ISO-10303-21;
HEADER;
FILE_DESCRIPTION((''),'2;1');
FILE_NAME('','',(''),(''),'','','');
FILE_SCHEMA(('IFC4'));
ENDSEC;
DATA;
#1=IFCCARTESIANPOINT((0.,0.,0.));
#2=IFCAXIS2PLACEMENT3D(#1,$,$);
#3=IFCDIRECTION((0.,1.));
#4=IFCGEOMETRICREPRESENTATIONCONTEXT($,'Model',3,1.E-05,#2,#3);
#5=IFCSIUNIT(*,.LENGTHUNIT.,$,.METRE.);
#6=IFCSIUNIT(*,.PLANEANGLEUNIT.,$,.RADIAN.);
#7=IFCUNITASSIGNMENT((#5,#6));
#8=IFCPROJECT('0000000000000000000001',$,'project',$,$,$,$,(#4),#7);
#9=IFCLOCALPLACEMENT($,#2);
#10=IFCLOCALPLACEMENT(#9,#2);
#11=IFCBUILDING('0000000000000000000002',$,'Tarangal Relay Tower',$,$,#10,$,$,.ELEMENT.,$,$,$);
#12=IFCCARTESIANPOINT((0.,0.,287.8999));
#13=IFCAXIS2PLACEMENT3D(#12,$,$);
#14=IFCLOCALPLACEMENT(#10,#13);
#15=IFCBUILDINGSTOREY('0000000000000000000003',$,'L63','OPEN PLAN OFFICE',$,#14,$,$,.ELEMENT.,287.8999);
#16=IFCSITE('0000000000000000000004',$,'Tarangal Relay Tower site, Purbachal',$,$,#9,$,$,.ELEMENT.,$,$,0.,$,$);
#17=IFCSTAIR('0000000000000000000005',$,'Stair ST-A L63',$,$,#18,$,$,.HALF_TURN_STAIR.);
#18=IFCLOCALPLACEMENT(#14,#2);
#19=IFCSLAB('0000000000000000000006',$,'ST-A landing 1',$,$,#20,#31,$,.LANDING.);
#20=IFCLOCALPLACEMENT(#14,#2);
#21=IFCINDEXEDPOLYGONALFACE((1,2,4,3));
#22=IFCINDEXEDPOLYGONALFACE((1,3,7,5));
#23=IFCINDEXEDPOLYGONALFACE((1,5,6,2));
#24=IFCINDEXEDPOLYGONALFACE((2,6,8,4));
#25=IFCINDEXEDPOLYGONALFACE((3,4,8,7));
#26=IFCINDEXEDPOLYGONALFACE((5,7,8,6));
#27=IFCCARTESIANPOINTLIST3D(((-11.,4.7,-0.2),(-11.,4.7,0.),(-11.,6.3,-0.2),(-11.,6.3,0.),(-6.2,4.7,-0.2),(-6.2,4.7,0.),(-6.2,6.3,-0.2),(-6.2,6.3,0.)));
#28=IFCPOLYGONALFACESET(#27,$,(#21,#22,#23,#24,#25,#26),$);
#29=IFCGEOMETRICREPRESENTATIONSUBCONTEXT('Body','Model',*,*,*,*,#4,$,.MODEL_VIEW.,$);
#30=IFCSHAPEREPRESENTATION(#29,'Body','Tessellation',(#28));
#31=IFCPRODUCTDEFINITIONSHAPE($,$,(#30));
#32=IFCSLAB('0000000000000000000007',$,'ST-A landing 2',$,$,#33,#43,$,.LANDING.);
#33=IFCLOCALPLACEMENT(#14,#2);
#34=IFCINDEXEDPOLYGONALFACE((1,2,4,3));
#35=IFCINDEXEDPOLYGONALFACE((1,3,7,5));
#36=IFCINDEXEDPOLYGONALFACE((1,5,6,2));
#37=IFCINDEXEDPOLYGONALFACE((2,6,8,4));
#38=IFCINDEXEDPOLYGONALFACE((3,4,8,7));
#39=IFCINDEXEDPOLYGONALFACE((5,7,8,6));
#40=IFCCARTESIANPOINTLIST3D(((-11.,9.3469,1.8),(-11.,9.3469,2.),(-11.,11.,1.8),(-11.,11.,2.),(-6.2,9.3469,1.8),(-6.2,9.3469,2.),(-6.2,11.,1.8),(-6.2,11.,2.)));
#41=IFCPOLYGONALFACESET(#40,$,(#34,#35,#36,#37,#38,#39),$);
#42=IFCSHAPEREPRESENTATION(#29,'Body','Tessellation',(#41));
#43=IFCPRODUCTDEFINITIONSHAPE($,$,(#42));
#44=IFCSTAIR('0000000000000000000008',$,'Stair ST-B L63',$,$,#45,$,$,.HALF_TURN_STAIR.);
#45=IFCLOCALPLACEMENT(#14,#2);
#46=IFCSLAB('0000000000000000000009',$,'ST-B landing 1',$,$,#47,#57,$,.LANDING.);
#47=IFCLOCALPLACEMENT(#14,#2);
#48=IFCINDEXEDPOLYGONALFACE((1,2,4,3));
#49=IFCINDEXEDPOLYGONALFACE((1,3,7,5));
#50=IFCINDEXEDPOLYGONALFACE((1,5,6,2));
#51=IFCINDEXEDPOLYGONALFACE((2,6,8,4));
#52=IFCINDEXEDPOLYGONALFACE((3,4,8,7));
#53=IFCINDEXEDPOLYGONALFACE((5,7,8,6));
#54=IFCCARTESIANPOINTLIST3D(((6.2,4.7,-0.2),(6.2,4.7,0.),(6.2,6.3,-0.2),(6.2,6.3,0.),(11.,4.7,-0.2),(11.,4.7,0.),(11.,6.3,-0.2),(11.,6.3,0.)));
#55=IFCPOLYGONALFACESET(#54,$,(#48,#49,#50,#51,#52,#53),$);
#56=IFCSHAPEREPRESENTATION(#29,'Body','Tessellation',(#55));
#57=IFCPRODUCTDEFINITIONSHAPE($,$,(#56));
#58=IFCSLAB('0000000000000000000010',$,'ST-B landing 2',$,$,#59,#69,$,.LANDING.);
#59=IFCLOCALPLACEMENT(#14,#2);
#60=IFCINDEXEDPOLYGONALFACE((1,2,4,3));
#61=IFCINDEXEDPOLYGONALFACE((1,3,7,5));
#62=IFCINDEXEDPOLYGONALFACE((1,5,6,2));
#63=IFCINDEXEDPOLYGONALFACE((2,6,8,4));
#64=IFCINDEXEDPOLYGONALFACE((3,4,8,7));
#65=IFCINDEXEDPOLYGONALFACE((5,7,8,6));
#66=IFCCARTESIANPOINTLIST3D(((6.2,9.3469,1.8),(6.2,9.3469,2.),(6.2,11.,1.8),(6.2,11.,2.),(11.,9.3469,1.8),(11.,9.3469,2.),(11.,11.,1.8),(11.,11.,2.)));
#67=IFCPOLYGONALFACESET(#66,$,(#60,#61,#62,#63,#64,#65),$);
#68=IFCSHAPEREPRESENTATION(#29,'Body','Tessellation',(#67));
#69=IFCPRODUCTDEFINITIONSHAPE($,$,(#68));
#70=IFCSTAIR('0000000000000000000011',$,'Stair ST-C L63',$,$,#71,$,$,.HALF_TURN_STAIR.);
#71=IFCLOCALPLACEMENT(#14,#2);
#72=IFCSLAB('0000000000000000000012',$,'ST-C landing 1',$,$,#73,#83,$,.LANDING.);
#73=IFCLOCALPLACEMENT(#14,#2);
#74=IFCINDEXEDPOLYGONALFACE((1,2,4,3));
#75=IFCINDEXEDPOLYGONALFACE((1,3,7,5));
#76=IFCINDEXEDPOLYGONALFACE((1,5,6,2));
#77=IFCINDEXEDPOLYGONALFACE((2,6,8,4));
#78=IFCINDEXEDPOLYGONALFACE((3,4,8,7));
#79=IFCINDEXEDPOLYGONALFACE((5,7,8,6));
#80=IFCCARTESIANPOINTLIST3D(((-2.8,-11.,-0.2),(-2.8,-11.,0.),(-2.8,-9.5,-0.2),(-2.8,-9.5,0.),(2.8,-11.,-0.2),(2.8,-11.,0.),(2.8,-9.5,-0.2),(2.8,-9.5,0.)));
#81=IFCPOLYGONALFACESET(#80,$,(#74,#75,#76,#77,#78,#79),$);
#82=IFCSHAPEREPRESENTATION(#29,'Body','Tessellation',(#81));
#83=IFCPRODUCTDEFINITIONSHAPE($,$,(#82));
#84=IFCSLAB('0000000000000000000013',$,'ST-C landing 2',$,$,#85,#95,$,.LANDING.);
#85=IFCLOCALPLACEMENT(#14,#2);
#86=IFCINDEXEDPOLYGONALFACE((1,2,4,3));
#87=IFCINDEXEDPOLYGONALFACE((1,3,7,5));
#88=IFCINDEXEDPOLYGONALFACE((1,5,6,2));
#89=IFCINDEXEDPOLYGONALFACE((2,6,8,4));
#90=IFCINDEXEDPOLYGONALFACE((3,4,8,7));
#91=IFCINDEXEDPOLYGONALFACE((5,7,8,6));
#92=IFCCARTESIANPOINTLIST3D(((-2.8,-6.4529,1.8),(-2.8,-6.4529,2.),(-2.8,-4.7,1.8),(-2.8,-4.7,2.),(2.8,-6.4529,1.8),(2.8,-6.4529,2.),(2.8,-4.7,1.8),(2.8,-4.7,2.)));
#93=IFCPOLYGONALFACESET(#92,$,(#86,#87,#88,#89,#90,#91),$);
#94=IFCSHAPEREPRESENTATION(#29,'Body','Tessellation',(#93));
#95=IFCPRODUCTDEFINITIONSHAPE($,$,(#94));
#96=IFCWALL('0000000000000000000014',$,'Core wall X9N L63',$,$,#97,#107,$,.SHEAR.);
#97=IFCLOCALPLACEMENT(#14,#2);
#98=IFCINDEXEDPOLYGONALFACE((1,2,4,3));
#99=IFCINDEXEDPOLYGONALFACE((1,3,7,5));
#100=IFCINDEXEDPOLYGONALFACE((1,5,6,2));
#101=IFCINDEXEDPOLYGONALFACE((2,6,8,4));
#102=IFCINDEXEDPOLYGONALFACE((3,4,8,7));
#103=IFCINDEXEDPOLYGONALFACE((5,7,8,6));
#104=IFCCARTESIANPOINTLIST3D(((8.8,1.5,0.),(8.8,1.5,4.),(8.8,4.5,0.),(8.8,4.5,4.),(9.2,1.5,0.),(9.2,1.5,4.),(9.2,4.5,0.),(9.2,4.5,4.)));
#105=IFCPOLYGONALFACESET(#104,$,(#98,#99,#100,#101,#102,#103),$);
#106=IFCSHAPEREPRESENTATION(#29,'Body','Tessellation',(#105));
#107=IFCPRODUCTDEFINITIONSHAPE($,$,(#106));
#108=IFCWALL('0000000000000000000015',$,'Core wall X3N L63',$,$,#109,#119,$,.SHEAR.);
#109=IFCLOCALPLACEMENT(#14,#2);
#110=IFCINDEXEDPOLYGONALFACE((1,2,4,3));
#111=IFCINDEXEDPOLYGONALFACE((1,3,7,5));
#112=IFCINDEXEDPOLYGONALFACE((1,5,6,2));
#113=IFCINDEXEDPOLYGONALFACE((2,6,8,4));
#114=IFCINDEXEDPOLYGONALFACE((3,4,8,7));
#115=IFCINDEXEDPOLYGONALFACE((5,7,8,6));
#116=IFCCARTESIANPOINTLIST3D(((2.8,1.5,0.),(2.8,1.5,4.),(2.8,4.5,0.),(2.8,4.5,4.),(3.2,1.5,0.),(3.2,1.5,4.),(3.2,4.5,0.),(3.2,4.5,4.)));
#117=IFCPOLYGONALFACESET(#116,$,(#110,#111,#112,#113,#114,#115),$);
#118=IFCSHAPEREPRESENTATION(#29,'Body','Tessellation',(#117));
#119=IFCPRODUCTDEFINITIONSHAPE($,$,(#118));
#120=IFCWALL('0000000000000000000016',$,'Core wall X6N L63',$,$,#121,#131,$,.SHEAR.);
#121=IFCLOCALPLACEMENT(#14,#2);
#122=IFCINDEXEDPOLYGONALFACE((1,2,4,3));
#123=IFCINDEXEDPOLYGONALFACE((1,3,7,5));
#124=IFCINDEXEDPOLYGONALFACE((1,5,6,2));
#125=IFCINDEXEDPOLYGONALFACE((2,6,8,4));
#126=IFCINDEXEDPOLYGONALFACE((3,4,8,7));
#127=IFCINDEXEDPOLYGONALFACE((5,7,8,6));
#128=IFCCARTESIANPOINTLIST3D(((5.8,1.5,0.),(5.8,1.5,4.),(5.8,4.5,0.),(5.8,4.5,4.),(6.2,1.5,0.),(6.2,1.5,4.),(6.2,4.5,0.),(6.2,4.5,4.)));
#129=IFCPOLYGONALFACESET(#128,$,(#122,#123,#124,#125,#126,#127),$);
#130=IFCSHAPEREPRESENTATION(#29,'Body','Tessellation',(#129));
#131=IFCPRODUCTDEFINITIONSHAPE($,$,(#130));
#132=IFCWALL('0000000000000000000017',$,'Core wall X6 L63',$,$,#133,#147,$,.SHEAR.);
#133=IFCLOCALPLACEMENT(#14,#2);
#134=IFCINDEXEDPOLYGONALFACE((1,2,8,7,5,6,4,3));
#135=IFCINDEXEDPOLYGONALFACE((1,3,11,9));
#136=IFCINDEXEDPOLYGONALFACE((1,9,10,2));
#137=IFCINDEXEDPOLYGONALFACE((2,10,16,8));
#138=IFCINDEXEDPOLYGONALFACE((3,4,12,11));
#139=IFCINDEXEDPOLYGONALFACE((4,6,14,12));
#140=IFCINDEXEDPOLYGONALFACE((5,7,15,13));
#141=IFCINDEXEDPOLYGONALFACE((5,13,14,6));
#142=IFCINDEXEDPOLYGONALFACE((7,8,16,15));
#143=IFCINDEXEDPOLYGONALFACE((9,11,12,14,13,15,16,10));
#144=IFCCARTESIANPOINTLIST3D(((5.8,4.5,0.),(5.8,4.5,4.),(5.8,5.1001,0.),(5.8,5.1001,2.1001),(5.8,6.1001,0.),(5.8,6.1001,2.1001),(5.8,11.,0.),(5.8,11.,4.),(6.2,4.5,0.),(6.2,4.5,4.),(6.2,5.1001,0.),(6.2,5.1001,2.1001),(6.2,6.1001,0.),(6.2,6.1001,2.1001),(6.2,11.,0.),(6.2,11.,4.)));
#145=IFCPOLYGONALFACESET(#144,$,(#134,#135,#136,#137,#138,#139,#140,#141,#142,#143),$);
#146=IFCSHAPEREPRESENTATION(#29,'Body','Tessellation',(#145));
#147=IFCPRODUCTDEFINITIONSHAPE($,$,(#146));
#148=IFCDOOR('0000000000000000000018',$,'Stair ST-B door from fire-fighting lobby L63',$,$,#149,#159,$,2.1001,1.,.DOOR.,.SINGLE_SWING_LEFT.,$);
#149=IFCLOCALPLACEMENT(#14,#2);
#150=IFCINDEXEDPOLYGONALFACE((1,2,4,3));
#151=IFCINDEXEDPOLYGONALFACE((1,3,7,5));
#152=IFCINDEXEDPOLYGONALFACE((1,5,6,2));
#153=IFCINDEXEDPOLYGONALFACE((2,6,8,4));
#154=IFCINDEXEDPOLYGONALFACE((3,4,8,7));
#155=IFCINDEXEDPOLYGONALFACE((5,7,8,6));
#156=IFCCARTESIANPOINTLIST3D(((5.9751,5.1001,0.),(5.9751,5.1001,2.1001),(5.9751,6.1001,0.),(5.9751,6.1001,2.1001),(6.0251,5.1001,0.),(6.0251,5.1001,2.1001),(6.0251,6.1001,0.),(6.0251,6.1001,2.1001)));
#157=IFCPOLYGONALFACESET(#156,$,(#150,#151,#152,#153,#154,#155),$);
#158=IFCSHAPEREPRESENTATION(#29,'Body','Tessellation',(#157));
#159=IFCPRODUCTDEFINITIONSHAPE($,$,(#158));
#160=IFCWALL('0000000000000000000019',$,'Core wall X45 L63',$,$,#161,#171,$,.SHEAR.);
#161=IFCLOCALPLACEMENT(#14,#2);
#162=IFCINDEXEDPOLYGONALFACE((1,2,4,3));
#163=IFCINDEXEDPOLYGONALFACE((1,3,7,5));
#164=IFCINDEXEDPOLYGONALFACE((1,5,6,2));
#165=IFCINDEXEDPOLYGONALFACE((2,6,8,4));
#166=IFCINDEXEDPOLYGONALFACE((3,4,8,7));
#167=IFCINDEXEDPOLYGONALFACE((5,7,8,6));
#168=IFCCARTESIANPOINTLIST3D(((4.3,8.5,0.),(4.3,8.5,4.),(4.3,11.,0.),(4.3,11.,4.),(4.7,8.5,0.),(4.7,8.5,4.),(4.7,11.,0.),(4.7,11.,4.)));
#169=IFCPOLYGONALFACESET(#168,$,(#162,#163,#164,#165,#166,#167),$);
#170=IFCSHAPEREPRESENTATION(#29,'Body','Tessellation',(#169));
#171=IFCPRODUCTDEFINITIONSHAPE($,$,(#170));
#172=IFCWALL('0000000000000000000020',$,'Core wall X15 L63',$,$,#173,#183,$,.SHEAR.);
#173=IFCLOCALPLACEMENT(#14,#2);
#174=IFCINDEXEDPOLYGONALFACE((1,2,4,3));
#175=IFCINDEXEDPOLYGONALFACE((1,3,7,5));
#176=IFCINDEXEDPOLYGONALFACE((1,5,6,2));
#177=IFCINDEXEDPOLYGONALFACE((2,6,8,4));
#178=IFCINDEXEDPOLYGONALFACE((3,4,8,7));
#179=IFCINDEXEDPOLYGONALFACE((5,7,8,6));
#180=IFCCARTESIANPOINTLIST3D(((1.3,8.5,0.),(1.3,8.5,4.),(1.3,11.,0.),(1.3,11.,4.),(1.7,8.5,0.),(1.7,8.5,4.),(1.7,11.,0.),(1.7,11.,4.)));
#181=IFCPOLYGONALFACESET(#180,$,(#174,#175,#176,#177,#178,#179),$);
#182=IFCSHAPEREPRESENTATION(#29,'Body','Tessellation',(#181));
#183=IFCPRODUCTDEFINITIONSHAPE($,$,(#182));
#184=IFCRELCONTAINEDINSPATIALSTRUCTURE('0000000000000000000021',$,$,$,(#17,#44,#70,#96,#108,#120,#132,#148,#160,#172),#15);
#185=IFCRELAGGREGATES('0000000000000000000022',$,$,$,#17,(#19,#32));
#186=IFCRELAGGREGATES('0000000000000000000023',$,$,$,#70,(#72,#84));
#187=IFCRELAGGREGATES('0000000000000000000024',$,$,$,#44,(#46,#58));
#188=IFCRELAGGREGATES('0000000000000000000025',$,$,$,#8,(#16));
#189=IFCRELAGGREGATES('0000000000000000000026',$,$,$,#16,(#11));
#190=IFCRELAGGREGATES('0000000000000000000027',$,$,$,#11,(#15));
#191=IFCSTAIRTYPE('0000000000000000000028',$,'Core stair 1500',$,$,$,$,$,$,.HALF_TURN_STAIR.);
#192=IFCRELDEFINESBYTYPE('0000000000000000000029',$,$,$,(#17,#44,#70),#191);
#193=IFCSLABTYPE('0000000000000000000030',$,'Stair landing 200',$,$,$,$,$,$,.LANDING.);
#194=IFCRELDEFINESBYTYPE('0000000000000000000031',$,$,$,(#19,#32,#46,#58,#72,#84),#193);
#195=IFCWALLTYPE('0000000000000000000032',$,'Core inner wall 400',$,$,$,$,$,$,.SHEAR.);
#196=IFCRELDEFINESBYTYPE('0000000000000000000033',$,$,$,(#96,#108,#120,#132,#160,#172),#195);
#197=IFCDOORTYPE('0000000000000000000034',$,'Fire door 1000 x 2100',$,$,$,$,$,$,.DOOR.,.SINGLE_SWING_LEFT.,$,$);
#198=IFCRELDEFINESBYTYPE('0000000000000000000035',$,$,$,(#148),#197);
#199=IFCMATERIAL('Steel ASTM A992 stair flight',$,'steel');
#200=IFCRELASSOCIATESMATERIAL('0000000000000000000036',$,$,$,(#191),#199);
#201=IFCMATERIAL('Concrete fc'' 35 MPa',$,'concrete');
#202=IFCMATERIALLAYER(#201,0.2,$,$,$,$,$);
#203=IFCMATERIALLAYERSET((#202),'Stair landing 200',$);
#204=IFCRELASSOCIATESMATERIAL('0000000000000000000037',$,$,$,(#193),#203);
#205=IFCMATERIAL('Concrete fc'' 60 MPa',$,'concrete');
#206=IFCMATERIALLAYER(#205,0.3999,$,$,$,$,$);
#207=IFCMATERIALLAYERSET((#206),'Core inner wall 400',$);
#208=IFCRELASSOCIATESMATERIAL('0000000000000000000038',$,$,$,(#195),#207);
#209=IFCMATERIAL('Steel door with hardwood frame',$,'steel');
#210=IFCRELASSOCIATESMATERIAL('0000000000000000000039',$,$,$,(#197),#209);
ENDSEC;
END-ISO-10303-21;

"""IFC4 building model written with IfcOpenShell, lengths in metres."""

from ifc_helpers import new_model, si_unit, direction, frame, frame_2d, origin, place, context, subcontext, project, spatial, polyline, rectangle, outline, extrude, material, layer, layer_set, type_object, element, fill, aggregate, save


model = new_model("IFC4")

# Units and contexts
model_context = context("Model", 3, precision=1e-05, world=origin(), true_north=direction((0.0, 1.0)))
body_context = subcontext(model_context, "Body", "Model", "MODEL_VIEW")
ifc_project = project(units=[si_unit("LENGTHUNIT", "METRE"), si_unit("PLANEANGLEUNIT", "RADIAN")], contexts=[model_context])

# Site, building, storey
site_placement = place(None, origin())
site = spatial("IfcSite", under=ifc_project, at=site_placement, Name="Tarangal Relay Tower site, Purbachal", CompositionType="ELEMENT", RefElevation=0.0)
building_placement = place(site_placement, origin())
building = spatial("IfcBuilding", under=site, at=building_placement, Name="Tarangal Relay Tower", CompositionType="ELEMENT")
storey_placement = place(building_placement, frame((0.0, 0.0, 287.8999)))
storey = spatial("IfcBuildingStorey", under=building, at=storey_placement, Name="L63", Description="OPEN PLAN OFFICE", CompositionType="ELEMENT", Elevation=287.8999)

# Stairs, slabs
ifc_material_1 = material(Name="Steel ASTM A992 stair flight", Category="steel")
stair_type = type_object("IfcStairType", Name="Core stair 1500", PredefinedType="HALF_TURN_STAIR", material=ifc_material_1)
stair_1_placement = place(storey_placement, origin())
stair_1 = element("IfcStair", 1, at=stair_1_placement, inside=storey, type_object=stair_type, Name="Stair ST-A L63", PredefinedType="HALF_TURN_STAIR")
ifc_material_2 = material(Name="Concrete fc' 35 MPa", Category="concrete")
ifc_layer_1 = layer(ifc_material_2, 0.2)
ifc_layer_set_1 = layer_set([ifc_layer_1], Name="Stair landing 200")
slab_type = type_object("IfcSlabType", Name="Stair landing 200", PredefinedType="LANDING", material=ifc_layer_set_1)
slab_1_placement = place(storey_placement, frame((0.0, 0.0, -0.2)))
slab_1 = element("IfcSlab", 2, at=slab_1_placement, type_object=slab_type, Name="ST-A landing 1", PredefinedType="LANDING", context=body_context, shape_type="SweptSolid", body=[
    extrude(outline(polyline([(-11.0, 4.7), (-6.2, 4.7), (-6.2, 6.3), (-11.0, 6.3), (-11.0, 4.7)])), origin(), (0.0, 0.0, 1.0), 0.2),
])
slab_2_placement = place(storey_placement, frame((0.0, 0.0, 1.8)))
slab_2 = element("IfcSlab", 3, at=slab_2_placement, type_object=slab_type, Name="ST-A landing 2", PredefinedType="LANDING", context=body_context, shape_type="SweptSolid", body=[
    extrude(outline(polyline([(-11.0, 9.3469), (-6.2, 9.3469), (-6.2, 11.0), (-11.0, 11.0), (-11.0, 9.3469)])), origin(), (0.0, 0.0, 1.0), 0.2),
])
aggregate(stair_1, [slab_1, slab_2])
stair_2_placement = place(storey_placement, origin())
stair_2 = element("IfcStair", 4, at=stair_2_placement, inside=storey, type_object=stair_type, Name="Stair ST-B L63", PredefinedType="HALF_TURN_STAIR")
slab_3_placement = place(storey_placement, frame((0.0, 0.0, -0.2)))
slab_3 = element("IfcSlab", 5, at=slab_3_placement, type_object=slab_type, Name="ST-B landing 1", PredefinedType="LANDING", context=body_context, shape_type="SweptSolid", body=[
    extrude(outline(polyline([(6.2, 4.7), (11.0, 4.7), (11.0, 6.3), (6.2, 6.3), (6.2, 4.7)])), origin(), (0.0, 0.0, 1.0), 0.2),
])
slab_4_placement = place(storey_placement, frame((0.0, 0.0, 1.8)))
slab_4 = element("IfcSlab", 6, at=slab_4_placement, type_object=slab_type, Name="ST-B landing 2", PredefinedType="LANDING", context=body_context, shape_type="SweptSolid", body=[
    extrude(outline(polyline([(6.2, 9.3469), (11.0, 9.3469), (11.0, 11.0), (6.2, 11.0), (6.2, 9.3469)])), origin(), (0.0, 0.0, 1.0), 0.2),
])
stair_3_placement = place(storey_placement, origin())
stair_3 = element("IfcStair", 7, at=stair_3_placement, inside=storey, type_object=stair_type, Name="Stair ST-C L63", PredefinedType="HALF_TURN_STAIR")
slab_5_placement = place(storey_placement, frame((0.0, 0.0, -0.2)))
slab_5 = element("IfcSlab", 8, at=slab_5_placement, type_object=slab_type, Name="ST-C landing 1", PredefinedType="LANDING", context=body_context, shape_type="SweptSolid", body=[
    extrude(outline(polyline([(-2.8, -11.0), (2.8, -11.0), (2.8, -9.5), (-2.8, -9.5), (-2.8, -11.0)])), origin(), (0.0, 0.0, 1.0), 0.2),
])
slab_6_placement = place(storey_placement, frame((0.0, 0.0, 1.8)))
slab_6 = element("IfcSlab", 9, at=slab_6_placement, type_object=slab_type, Name="ST-C landing 2", PredefinedType="LANDING", context=body_context, shape_type="SweptSolid", body=[
    extrude(outline(polyline([(-2.8, -6.4529), (2.8, -6.4529), (2.8, -4.7), (-2.8, -4.7), (-2.8, -6.4529)])), origin(), (0.0, 0.0, 1.0), 0.2),
])
aggregate(stair_3, [slab_5, slab_6])

# Walls
ifc_material_3 = material(Name="Concrete fc' 60 MPa", Category="concrete")
ifc_layer_2 = layer(ifc_material_3, 0.3999)
ifc_layer_set_2 = layer_set([ifc_layer_2], Name="Core inner wall 400")
wall_type_1 = type_object("IfcWallType", Name="Core inner wall 400", PredefinedType="SHEAR", material=ifc_layer_set_2)
for number, where, z_axis, x_axis, name in (
    (10, (9.0, 1.5, 0.0), (0.0, 0.0, 1.0), (0.0, 1.0, 0.0), "Core wall X9N L63"),
    (11, (3.0, 1.5, 0.0), (0.0, 0.0, 1.0), (0.0, 1.0, 0.0), "Core wall X3N L63"),
    (12, (6.0, 1.5, 0.0), (0.0, 0.0, 1.0), (0.0, 1.0, 0.0), "Core wall X6N L63"),
):
    element("IfcWall", number, at=place(storey_placement, frame(where, z_axis=z_axis, x_axis=x_axis)), inside=storey, type_object=wall_type_1, Name=name, PredefinedType="SHEAR", context=body_context, shape_type="SweptSolid", body=[
        extrude(rectangle(XDim=3.0, YDim=0.3999, at=frame_2d((1.5, 0.0))), origin(), (0.0, 0.0, 1.0), 4.0),
    ])

# Wall, opening, door
wall_1_placement = place(storey_placement, frame((6.0, 4.5, 0.0), z_axis=(0.0, 0.0, 1.0), x_axis=(0.0, 1.0, 0.0)))
wall_1 = element("IfcWall", 13, at=wall_1_placement, inside=storey, type_object=wall_type_1, Name="Core wall X6 L63", PredefinedType="SHEAR", context=body_context, shape_type="SweptSolid", body=[
    extrude(rectangle(XDim=6.5, YDim=0.3999, at=frame_2d((3.25, 0.0))), origin(), (0.0, 0.0, 1.0), 4.0),
])
opening_1_placement = place(wall_1_placement, frame((0.6001, 0.0, 0.0)))
opening_1 = element("IfcOpeningElement", 14, at=opening_1_placement, cuts=wall_1, PredefinedType="OPENING", context=body_context, shape_type="SweptSolid", body=[
    extrude(rectangle(XDim=1.0, YDim=2.1001, at=frame_2d((0.5, 1.05))), frame((0.0, 0.21, 0.0), z_axis=(0.0, -1.0, 0.0), x_axis=(1.0, 0.0, 0.0)), (0.0, 0.0, 1.0), 0.4199),
])
ifc_material_4 = material(Name="Steel door with hardwood frame", Category="steel")
door_type_1 = type_object("IfcDoorType", Name="Fire door 1000 x 2100", OperationType="SINGLE_SWING_LEFT", PredefinedType="DOOR", material=ifc_material_4)
door_1_placement = place(opening_1_placement, origin())
door_1 = element("IfcDoor", 15, at=door_1_placement, inside=storey, type_object=door_type_1, Name="Stair ST-B door from fire-fighting lobby L63", OperationType="SINGLE_SWING_LEFT", OverallHeight=2.1001, OverallWidth=1.0, PredefinedType="DOOR", context=body_context, shape_type="SweptSolid", body=[
    extrude(rectangle(XDim=1.0, YDim=2.1001, at=frame_2d((0.5, 1.05))), frame((0.0, 0.0249, 0.0), z_axis=(0.0, -1.0, 0.0), x_axis=(1.0, 0.0, 0.0)), (0.0, 0.0, 1.0), 0.05),
])
fill(opening_1, door_1)

# Walls
for number, where, z_axis, x_axis, name in (
    (16, (4.5, 8.5, 0.0), (0.0, 0.0, 1.0), (0.0, 1.0, 0.0), "Core wall X45 L63"),
    (17, (1.5, 8.5, 0.0), (0.0, 0.0, 1.0), (0.0, 1.0, 0.0), "Core wall X15 L63"),
):
    element("IfcWall", number, at=place(storey_placement, frame(where, z_axis=z_axis, x_axis=x_axis)), inside=storey, type_object=wall_type_1, Name=name, PredefinedType="SHEAR", context=body_context, shape_type="SweptSolid", body=[
        extrude(rectangle(XDim=2.5, YDim=0.3999, at=frame_2d((1.25, 0.0))), origin(), (0.0, 0.0, 1.0), 4.0),
    ])

aggregate(stair_2, [slab_3, slab_4])

save(model, "model.ifc")
